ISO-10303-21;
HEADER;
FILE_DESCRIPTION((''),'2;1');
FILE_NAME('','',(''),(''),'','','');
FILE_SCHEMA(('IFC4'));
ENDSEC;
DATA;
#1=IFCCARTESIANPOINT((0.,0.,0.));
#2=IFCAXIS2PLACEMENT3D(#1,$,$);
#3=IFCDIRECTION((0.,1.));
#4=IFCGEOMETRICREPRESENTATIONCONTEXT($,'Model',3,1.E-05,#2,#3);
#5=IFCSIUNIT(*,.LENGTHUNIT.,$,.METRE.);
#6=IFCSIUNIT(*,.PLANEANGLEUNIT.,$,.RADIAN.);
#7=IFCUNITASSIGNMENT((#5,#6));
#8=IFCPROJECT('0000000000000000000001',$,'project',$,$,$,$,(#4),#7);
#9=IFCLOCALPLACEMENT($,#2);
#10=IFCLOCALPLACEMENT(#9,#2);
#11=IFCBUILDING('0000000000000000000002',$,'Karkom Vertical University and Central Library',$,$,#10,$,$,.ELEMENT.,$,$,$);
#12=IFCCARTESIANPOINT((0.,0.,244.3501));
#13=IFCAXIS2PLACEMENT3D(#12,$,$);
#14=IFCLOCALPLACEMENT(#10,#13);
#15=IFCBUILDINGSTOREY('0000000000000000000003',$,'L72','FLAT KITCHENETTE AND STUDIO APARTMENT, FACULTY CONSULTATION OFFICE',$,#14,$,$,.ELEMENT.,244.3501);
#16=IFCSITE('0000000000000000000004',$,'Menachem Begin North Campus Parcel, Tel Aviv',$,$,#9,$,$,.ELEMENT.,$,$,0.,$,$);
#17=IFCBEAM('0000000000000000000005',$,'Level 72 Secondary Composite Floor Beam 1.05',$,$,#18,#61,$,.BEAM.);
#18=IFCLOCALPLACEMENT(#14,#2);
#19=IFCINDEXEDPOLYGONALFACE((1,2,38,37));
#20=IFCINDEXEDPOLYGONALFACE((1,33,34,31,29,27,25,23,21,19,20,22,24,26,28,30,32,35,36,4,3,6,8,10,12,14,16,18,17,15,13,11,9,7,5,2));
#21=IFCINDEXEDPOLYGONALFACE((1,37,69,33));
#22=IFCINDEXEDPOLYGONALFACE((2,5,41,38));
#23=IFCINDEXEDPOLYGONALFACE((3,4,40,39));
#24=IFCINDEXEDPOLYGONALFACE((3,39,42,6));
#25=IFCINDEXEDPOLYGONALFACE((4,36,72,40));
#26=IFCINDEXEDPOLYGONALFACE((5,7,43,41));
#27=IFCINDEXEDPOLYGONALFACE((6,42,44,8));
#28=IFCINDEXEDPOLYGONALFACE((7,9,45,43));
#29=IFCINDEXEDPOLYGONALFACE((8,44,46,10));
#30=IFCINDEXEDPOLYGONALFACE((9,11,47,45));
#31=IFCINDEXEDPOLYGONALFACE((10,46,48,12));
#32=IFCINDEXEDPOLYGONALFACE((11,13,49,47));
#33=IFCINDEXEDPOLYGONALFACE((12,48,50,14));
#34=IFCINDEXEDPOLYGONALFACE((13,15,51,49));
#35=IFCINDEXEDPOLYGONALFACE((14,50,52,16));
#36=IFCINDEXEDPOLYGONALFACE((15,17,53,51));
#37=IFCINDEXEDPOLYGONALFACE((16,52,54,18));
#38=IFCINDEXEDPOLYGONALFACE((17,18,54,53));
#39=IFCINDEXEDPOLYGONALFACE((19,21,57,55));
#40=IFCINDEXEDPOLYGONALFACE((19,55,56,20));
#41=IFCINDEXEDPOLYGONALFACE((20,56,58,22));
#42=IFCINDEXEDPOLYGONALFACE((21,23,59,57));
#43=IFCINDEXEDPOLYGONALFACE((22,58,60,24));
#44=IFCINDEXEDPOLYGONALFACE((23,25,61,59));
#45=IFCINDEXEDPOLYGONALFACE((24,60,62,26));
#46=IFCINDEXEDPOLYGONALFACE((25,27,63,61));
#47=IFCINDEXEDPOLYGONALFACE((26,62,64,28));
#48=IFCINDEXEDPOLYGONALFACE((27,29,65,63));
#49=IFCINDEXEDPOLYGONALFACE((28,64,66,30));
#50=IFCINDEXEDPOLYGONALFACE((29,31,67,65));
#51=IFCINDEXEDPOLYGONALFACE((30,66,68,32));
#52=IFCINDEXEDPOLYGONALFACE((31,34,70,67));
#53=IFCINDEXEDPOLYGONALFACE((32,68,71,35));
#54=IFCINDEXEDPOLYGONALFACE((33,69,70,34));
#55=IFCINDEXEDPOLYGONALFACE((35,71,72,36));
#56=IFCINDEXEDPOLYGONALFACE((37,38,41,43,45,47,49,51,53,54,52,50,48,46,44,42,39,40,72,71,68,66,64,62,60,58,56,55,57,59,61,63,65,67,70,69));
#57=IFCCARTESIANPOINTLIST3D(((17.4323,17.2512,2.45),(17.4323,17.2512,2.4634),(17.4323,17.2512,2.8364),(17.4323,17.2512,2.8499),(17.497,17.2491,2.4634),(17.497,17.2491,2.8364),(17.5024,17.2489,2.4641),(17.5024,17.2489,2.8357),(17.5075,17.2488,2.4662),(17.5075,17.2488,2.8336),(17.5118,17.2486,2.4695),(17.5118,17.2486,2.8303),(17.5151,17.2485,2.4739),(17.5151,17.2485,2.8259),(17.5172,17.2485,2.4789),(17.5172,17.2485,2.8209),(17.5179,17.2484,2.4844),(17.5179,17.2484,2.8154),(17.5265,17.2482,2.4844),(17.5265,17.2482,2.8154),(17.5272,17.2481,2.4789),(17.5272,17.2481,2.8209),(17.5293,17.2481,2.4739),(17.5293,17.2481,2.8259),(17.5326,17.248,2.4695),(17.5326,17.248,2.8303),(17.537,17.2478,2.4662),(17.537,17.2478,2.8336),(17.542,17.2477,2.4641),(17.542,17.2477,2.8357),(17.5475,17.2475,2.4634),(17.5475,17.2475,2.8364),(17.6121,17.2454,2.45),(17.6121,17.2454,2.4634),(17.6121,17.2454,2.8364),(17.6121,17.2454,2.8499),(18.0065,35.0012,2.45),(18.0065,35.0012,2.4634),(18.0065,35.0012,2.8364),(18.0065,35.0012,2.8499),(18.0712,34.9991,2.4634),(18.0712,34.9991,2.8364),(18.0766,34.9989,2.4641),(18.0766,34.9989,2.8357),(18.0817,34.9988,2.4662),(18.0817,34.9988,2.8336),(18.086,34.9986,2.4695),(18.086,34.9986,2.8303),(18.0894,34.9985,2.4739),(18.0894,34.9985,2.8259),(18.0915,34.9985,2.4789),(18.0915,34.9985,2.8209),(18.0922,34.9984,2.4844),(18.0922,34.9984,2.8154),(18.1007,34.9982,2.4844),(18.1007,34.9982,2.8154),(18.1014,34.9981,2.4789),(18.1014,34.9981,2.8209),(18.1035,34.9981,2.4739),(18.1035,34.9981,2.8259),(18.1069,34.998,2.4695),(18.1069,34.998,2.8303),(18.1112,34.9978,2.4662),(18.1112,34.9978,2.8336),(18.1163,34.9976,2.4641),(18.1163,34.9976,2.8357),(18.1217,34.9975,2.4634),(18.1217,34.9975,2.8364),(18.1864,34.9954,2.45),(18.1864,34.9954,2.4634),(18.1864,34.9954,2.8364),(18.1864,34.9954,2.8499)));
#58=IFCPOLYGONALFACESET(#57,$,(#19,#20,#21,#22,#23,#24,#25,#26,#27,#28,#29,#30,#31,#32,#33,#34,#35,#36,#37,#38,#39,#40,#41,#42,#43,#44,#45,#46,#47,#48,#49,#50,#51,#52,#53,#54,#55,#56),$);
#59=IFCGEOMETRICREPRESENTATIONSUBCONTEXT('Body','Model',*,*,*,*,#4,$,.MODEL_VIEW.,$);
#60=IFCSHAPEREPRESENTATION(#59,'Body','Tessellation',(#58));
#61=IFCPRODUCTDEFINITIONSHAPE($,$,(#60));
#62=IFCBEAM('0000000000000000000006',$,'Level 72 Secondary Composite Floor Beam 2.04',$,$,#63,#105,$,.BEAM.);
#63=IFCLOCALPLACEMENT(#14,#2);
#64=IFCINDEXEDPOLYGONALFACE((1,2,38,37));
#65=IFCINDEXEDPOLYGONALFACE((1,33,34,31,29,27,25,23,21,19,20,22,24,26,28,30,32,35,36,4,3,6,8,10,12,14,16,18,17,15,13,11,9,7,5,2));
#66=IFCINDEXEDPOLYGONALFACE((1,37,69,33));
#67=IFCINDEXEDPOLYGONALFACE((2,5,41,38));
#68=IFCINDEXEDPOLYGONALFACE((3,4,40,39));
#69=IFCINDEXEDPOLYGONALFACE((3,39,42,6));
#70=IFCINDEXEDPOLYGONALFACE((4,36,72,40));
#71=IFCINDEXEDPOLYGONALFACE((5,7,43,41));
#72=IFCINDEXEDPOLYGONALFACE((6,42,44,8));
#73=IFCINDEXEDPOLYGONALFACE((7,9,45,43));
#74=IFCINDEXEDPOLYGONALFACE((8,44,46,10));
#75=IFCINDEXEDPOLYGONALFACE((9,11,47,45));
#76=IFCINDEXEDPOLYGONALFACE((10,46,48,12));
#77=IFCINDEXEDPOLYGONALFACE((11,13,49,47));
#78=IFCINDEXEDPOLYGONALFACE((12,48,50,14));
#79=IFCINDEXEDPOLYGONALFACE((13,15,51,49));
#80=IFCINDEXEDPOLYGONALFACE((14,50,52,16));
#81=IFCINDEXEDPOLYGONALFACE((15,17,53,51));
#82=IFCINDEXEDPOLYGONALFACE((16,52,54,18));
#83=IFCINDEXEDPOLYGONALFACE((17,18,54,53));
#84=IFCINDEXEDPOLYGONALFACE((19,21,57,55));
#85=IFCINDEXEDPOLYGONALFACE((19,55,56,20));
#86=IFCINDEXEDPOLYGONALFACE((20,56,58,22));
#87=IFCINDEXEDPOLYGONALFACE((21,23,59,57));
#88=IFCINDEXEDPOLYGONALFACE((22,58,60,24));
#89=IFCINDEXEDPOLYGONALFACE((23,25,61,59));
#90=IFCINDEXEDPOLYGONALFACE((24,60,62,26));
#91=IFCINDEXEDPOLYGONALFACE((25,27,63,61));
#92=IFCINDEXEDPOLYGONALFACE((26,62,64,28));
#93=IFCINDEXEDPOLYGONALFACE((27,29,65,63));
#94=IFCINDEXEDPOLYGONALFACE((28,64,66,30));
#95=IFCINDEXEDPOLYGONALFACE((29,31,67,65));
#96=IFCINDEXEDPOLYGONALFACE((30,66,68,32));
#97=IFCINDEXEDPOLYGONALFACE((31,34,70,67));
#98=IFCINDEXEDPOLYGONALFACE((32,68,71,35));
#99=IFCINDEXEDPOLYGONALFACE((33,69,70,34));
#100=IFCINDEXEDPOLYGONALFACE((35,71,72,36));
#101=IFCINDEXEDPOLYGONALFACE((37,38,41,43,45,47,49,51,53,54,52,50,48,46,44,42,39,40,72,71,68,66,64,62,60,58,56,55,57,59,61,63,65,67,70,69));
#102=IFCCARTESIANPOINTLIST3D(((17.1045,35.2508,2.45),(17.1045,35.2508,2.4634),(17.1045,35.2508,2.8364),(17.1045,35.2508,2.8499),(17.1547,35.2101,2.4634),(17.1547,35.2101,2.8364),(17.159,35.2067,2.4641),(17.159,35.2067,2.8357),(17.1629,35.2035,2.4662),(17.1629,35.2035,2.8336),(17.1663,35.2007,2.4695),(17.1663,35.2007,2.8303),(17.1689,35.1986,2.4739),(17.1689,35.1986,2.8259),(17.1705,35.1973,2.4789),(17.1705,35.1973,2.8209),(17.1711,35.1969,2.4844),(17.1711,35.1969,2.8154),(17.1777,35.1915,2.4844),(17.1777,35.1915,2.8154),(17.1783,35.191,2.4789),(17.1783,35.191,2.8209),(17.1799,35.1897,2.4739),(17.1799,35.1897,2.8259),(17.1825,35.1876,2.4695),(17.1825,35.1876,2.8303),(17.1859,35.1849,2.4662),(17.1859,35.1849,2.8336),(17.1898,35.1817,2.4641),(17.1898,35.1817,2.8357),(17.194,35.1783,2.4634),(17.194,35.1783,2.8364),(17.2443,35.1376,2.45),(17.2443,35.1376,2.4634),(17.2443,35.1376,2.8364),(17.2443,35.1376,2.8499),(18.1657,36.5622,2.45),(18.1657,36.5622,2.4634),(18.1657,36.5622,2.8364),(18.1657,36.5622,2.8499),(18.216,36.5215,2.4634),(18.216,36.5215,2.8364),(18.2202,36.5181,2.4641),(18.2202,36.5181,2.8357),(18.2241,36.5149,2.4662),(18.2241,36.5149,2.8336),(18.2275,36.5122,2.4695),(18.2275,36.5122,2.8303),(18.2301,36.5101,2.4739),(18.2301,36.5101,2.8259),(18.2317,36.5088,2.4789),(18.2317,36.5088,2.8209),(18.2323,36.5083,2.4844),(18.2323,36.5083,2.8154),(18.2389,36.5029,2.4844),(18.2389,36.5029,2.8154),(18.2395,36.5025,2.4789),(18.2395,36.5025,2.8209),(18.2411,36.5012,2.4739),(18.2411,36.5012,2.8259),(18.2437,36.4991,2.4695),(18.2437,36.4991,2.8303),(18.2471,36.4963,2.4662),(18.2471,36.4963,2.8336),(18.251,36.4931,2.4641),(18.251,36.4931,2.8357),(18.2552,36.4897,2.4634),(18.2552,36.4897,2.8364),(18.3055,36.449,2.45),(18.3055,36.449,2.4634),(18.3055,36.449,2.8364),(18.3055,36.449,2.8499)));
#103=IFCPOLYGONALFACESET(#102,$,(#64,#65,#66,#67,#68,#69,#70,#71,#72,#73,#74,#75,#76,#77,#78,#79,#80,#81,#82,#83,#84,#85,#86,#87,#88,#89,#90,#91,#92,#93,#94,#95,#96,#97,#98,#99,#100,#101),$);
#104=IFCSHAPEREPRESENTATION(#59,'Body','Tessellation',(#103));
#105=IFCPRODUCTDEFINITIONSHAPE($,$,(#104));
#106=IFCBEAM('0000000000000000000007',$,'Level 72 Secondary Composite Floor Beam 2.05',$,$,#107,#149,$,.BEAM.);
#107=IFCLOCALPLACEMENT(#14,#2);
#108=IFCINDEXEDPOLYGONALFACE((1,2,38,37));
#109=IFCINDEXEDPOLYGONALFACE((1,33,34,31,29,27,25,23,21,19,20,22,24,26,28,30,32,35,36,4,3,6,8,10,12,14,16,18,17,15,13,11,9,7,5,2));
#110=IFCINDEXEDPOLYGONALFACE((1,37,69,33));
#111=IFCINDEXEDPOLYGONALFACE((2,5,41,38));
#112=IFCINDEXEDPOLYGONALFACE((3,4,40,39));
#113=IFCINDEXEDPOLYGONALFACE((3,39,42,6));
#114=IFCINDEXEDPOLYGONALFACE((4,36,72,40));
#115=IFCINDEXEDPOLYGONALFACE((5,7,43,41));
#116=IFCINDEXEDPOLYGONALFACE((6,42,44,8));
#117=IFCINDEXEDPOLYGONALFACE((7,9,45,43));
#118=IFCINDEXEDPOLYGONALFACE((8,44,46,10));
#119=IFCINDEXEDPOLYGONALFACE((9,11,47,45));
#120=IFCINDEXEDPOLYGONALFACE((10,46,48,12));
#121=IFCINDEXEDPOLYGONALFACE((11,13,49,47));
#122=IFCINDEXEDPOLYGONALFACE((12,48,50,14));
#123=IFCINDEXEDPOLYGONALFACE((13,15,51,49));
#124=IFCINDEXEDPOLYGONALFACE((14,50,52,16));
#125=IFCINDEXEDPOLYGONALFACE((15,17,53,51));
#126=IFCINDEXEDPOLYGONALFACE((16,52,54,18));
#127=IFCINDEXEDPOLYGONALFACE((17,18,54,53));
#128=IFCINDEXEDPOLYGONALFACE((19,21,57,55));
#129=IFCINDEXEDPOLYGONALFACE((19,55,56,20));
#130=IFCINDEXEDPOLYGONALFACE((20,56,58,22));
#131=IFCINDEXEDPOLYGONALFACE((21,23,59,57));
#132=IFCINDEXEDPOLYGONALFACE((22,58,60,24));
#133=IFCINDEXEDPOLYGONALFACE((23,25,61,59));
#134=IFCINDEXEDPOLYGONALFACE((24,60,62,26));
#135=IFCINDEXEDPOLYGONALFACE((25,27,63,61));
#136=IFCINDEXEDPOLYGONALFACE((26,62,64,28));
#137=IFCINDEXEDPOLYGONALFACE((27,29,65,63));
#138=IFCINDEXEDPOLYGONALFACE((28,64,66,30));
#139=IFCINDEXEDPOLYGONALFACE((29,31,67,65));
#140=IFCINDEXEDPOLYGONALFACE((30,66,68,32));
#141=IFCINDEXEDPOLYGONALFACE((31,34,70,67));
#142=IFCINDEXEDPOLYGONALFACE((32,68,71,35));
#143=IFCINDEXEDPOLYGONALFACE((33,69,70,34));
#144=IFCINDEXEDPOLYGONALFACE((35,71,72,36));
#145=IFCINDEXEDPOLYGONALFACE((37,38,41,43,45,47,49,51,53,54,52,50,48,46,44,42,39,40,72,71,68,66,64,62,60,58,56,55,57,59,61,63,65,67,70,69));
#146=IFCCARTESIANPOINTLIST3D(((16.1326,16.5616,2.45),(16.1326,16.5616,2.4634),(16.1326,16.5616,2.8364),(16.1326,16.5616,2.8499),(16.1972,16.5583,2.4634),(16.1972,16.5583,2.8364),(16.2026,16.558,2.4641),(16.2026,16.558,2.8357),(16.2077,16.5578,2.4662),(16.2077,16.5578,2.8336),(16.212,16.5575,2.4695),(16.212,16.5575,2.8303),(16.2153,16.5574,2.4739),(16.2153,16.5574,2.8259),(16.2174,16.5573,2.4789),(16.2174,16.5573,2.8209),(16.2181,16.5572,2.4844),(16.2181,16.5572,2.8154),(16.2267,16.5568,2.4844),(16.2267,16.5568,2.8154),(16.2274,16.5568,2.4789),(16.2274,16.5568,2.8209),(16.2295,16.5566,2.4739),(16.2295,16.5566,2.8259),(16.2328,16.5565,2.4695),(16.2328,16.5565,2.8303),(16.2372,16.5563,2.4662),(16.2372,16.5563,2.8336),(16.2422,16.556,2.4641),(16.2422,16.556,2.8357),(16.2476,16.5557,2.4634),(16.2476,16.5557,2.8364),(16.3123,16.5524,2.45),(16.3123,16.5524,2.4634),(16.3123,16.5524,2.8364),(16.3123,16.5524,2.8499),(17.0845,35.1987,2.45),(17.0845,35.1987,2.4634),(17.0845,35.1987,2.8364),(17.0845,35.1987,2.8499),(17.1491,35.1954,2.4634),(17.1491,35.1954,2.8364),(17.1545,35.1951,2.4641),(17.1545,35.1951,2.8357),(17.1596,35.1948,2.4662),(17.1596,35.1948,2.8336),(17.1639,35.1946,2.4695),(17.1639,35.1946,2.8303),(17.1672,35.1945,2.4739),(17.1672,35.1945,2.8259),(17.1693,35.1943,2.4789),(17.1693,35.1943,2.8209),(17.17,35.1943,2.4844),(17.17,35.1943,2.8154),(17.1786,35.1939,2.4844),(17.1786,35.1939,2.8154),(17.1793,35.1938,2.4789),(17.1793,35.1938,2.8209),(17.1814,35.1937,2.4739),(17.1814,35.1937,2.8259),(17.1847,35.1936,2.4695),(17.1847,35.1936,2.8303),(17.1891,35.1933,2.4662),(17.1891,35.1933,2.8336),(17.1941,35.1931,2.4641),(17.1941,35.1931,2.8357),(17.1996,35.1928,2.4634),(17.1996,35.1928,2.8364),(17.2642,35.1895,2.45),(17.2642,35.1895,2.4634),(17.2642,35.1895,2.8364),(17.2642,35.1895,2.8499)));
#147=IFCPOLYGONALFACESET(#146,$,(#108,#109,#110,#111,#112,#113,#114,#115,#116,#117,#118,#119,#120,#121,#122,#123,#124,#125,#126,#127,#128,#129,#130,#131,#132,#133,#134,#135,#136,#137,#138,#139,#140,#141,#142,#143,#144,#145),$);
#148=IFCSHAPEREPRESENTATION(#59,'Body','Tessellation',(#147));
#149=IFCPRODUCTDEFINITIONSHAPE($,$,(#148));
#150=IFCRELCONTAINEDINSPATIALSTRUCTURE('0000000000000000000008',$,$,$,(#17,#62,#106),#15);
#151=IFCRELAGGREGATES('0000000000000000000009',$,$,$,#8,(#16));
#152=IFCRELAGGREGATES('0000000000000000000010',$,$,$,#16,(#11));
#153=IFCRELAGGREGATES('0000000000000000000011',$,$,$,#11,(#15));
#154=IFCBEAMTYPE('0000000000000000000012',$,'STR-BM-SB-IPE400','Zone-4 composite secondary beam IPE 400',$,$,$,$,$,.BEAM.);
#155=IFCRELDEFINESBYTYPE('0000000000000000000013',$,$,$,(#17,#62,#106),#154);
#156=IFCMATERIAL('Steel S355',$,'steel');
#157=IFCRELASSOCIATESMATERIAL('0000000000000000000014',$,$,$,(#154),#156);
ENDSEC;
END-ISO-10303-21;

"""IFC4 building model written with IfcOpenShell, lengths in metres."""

from ifc_helpers import new_model, si_unit, direction, frame, origin, origin_with_axes, origin_2d, place, context, subcontext, project, spatial, i_section, extrude, source, transform, mapped, material, material_profile, profile_set, type_object, element, save


model = new_model("IFC4")

# Units and contexts
model_context = context("Model", 3, precision=1e-05, world=origin(), true_north=direction((0.0, 1.0)))
body_context = subcontext(model_context, "Body", "Model", "MODEL_VIEW")
ifc_project = project(units=[si_unit("LENGTHUNIT", "METRE"), si_unit("PLANEANGLEUNIT", "RADIAN")], contexts=[model_context])

# Site, building, storey
site_placement = place(None, origin())
site = spatial("IfcSite", under=ifc_project, at=site_placement, Name="Menachem Begin North Campus Parcel, Tel Aviv", CompositionType="ELEMENT", RefElevation=0.0)
building_placement = place(site_placement, origin())
building = spatial("IfcBuilding", under=site, at=building_placement, Name="Karkom Vertical University and Central Library", CompositionType="ELEMENT")
storey_placement = place(building_placement, frame((0.0, 0.0, 244.3501)))
storey = spatial("IfcBuildingStorey", under=building, at=storey_placement, Name="L72", Description="FLAT KITCHENETTE AND STUDIO APARTMENT, FACULTY CONSULTATION OFFICE", CompositionType="ELEMENT", Elevation=244.3501)

# Beams
ifc_material_1 = material(Name="Steel S355", Category="steel")
ifc_material_profile_1 = material_profile(ifc_material_1, i_section(OverallWidth=0.1799, OverallDepth=0.3999, WebThickness=0.0085, FlangeThickness=0.0134, FilletRadius=0.021, at=origin_2d()), Name="IPE 400")
ifc_profile_set_1 = profile_set([ifc_material_profile_1], Name="Steel S355")
beam_type_1 = type_object("IfcBeamType", Name="STR-BM-SB-IPE400", Description="Zone-4 composite secondary beam IPE 400", PredefinedType="BEAM", material=ifc_profile_set_1)
shared_shape_1 = source(origin_with_axes(), body_context, "Body", "SweptSolid", [
    extrude(i_section(OverallWidth=0.1799, OverallDepth=0.3999, WebThickness=0.0085, FlangeThickness=0.0134, FilletRadius=0.021, at=origin_2d()), origin(), (0.0, 0.0, 1.0), 17.7593),
])
beam_1_placement = place(storey_placement, frame((18.0964, 34.9983, 2.6499), z_axis=(-0.032333, -0.999477, 0.0), x_axis=(0.999477, -0.032333, 0.0)))
element("IfcBeam", 1, at=beam_1_placement, inside=storey, type_object=beam_type_1, Name="Level 72 Secondary Composite Floor Beam 1.05", PredefinedType="BEAM", context=body_context, shape_type="MappedRepresentation", body=[
    mapped(shared_shape_1, transform((0.0, 0.0, 0.0), scale=1.0)),
])
shared_shape_2 = source(origin_with_axes(), body_context, "Body", "SweptSolid", [
    extrude(i_section(OverallWidth=0.1799, OverallDepth=0.3999, WebThickness=0.0085, FlangeThickness=0.0134, FilletRadius=0.021, at=origin_2d()), origin(), (0.0, 0.0, 1.0), 1.687),
])
beam_2_placement = place(storey_placement, frame((18.2356, 36.5056, 2.6499), z_axis=(-0.629044, -0.77737, 0.0), x_axis=(0.77737, -0.629044, 0.0)))
element("IfcBeam", 2, at=beam_2_placement, inside=storey, type_object=beam_type_1, Name="Level 72 Secondary Composite Floor Beam 2.04", PredefinedType="BEAM", context=body_context, shape_type="MappedRepresentation", body=[
    mapped(shared_shape_2, transform((0.0, 0.0, 0.0), scale=1.0)),
])
shared_shape_3 = source(origin_with_axes(), body_context, "Body", "SweptSolid", [
    extrude(i_section(OverallWidth=0.1799, OverallDepth=0.3999, WebThickness=0.0085, FlangeThickness=0.0134, FilletRadius=0.021, at=origin_2d()), origin(), (0.0, 0.0, 1.0), 18.6614),
])
beam_3_placement = place(storey_placement, frame((17.1743, 35.1941, 2.6499), z_axis=(-0.05101, -0.998698, 0.0), x_axis=(0.998698, -0.05101, 0.0)))
element("IfcBeam", 3, at=beam_3_placement, inside=storey, type_object=beam_type_1, Name="Level 72 Secondary Composite Floor Beam 2.05", PredefinedType="BEAM", context=body_context, shape_type="MappedRepresentation", body=[
    mapped(shared_shape_3, transform((0.0, 0.0, 0.0), scale=1.0)),
])

save(model, "model.ifc")
